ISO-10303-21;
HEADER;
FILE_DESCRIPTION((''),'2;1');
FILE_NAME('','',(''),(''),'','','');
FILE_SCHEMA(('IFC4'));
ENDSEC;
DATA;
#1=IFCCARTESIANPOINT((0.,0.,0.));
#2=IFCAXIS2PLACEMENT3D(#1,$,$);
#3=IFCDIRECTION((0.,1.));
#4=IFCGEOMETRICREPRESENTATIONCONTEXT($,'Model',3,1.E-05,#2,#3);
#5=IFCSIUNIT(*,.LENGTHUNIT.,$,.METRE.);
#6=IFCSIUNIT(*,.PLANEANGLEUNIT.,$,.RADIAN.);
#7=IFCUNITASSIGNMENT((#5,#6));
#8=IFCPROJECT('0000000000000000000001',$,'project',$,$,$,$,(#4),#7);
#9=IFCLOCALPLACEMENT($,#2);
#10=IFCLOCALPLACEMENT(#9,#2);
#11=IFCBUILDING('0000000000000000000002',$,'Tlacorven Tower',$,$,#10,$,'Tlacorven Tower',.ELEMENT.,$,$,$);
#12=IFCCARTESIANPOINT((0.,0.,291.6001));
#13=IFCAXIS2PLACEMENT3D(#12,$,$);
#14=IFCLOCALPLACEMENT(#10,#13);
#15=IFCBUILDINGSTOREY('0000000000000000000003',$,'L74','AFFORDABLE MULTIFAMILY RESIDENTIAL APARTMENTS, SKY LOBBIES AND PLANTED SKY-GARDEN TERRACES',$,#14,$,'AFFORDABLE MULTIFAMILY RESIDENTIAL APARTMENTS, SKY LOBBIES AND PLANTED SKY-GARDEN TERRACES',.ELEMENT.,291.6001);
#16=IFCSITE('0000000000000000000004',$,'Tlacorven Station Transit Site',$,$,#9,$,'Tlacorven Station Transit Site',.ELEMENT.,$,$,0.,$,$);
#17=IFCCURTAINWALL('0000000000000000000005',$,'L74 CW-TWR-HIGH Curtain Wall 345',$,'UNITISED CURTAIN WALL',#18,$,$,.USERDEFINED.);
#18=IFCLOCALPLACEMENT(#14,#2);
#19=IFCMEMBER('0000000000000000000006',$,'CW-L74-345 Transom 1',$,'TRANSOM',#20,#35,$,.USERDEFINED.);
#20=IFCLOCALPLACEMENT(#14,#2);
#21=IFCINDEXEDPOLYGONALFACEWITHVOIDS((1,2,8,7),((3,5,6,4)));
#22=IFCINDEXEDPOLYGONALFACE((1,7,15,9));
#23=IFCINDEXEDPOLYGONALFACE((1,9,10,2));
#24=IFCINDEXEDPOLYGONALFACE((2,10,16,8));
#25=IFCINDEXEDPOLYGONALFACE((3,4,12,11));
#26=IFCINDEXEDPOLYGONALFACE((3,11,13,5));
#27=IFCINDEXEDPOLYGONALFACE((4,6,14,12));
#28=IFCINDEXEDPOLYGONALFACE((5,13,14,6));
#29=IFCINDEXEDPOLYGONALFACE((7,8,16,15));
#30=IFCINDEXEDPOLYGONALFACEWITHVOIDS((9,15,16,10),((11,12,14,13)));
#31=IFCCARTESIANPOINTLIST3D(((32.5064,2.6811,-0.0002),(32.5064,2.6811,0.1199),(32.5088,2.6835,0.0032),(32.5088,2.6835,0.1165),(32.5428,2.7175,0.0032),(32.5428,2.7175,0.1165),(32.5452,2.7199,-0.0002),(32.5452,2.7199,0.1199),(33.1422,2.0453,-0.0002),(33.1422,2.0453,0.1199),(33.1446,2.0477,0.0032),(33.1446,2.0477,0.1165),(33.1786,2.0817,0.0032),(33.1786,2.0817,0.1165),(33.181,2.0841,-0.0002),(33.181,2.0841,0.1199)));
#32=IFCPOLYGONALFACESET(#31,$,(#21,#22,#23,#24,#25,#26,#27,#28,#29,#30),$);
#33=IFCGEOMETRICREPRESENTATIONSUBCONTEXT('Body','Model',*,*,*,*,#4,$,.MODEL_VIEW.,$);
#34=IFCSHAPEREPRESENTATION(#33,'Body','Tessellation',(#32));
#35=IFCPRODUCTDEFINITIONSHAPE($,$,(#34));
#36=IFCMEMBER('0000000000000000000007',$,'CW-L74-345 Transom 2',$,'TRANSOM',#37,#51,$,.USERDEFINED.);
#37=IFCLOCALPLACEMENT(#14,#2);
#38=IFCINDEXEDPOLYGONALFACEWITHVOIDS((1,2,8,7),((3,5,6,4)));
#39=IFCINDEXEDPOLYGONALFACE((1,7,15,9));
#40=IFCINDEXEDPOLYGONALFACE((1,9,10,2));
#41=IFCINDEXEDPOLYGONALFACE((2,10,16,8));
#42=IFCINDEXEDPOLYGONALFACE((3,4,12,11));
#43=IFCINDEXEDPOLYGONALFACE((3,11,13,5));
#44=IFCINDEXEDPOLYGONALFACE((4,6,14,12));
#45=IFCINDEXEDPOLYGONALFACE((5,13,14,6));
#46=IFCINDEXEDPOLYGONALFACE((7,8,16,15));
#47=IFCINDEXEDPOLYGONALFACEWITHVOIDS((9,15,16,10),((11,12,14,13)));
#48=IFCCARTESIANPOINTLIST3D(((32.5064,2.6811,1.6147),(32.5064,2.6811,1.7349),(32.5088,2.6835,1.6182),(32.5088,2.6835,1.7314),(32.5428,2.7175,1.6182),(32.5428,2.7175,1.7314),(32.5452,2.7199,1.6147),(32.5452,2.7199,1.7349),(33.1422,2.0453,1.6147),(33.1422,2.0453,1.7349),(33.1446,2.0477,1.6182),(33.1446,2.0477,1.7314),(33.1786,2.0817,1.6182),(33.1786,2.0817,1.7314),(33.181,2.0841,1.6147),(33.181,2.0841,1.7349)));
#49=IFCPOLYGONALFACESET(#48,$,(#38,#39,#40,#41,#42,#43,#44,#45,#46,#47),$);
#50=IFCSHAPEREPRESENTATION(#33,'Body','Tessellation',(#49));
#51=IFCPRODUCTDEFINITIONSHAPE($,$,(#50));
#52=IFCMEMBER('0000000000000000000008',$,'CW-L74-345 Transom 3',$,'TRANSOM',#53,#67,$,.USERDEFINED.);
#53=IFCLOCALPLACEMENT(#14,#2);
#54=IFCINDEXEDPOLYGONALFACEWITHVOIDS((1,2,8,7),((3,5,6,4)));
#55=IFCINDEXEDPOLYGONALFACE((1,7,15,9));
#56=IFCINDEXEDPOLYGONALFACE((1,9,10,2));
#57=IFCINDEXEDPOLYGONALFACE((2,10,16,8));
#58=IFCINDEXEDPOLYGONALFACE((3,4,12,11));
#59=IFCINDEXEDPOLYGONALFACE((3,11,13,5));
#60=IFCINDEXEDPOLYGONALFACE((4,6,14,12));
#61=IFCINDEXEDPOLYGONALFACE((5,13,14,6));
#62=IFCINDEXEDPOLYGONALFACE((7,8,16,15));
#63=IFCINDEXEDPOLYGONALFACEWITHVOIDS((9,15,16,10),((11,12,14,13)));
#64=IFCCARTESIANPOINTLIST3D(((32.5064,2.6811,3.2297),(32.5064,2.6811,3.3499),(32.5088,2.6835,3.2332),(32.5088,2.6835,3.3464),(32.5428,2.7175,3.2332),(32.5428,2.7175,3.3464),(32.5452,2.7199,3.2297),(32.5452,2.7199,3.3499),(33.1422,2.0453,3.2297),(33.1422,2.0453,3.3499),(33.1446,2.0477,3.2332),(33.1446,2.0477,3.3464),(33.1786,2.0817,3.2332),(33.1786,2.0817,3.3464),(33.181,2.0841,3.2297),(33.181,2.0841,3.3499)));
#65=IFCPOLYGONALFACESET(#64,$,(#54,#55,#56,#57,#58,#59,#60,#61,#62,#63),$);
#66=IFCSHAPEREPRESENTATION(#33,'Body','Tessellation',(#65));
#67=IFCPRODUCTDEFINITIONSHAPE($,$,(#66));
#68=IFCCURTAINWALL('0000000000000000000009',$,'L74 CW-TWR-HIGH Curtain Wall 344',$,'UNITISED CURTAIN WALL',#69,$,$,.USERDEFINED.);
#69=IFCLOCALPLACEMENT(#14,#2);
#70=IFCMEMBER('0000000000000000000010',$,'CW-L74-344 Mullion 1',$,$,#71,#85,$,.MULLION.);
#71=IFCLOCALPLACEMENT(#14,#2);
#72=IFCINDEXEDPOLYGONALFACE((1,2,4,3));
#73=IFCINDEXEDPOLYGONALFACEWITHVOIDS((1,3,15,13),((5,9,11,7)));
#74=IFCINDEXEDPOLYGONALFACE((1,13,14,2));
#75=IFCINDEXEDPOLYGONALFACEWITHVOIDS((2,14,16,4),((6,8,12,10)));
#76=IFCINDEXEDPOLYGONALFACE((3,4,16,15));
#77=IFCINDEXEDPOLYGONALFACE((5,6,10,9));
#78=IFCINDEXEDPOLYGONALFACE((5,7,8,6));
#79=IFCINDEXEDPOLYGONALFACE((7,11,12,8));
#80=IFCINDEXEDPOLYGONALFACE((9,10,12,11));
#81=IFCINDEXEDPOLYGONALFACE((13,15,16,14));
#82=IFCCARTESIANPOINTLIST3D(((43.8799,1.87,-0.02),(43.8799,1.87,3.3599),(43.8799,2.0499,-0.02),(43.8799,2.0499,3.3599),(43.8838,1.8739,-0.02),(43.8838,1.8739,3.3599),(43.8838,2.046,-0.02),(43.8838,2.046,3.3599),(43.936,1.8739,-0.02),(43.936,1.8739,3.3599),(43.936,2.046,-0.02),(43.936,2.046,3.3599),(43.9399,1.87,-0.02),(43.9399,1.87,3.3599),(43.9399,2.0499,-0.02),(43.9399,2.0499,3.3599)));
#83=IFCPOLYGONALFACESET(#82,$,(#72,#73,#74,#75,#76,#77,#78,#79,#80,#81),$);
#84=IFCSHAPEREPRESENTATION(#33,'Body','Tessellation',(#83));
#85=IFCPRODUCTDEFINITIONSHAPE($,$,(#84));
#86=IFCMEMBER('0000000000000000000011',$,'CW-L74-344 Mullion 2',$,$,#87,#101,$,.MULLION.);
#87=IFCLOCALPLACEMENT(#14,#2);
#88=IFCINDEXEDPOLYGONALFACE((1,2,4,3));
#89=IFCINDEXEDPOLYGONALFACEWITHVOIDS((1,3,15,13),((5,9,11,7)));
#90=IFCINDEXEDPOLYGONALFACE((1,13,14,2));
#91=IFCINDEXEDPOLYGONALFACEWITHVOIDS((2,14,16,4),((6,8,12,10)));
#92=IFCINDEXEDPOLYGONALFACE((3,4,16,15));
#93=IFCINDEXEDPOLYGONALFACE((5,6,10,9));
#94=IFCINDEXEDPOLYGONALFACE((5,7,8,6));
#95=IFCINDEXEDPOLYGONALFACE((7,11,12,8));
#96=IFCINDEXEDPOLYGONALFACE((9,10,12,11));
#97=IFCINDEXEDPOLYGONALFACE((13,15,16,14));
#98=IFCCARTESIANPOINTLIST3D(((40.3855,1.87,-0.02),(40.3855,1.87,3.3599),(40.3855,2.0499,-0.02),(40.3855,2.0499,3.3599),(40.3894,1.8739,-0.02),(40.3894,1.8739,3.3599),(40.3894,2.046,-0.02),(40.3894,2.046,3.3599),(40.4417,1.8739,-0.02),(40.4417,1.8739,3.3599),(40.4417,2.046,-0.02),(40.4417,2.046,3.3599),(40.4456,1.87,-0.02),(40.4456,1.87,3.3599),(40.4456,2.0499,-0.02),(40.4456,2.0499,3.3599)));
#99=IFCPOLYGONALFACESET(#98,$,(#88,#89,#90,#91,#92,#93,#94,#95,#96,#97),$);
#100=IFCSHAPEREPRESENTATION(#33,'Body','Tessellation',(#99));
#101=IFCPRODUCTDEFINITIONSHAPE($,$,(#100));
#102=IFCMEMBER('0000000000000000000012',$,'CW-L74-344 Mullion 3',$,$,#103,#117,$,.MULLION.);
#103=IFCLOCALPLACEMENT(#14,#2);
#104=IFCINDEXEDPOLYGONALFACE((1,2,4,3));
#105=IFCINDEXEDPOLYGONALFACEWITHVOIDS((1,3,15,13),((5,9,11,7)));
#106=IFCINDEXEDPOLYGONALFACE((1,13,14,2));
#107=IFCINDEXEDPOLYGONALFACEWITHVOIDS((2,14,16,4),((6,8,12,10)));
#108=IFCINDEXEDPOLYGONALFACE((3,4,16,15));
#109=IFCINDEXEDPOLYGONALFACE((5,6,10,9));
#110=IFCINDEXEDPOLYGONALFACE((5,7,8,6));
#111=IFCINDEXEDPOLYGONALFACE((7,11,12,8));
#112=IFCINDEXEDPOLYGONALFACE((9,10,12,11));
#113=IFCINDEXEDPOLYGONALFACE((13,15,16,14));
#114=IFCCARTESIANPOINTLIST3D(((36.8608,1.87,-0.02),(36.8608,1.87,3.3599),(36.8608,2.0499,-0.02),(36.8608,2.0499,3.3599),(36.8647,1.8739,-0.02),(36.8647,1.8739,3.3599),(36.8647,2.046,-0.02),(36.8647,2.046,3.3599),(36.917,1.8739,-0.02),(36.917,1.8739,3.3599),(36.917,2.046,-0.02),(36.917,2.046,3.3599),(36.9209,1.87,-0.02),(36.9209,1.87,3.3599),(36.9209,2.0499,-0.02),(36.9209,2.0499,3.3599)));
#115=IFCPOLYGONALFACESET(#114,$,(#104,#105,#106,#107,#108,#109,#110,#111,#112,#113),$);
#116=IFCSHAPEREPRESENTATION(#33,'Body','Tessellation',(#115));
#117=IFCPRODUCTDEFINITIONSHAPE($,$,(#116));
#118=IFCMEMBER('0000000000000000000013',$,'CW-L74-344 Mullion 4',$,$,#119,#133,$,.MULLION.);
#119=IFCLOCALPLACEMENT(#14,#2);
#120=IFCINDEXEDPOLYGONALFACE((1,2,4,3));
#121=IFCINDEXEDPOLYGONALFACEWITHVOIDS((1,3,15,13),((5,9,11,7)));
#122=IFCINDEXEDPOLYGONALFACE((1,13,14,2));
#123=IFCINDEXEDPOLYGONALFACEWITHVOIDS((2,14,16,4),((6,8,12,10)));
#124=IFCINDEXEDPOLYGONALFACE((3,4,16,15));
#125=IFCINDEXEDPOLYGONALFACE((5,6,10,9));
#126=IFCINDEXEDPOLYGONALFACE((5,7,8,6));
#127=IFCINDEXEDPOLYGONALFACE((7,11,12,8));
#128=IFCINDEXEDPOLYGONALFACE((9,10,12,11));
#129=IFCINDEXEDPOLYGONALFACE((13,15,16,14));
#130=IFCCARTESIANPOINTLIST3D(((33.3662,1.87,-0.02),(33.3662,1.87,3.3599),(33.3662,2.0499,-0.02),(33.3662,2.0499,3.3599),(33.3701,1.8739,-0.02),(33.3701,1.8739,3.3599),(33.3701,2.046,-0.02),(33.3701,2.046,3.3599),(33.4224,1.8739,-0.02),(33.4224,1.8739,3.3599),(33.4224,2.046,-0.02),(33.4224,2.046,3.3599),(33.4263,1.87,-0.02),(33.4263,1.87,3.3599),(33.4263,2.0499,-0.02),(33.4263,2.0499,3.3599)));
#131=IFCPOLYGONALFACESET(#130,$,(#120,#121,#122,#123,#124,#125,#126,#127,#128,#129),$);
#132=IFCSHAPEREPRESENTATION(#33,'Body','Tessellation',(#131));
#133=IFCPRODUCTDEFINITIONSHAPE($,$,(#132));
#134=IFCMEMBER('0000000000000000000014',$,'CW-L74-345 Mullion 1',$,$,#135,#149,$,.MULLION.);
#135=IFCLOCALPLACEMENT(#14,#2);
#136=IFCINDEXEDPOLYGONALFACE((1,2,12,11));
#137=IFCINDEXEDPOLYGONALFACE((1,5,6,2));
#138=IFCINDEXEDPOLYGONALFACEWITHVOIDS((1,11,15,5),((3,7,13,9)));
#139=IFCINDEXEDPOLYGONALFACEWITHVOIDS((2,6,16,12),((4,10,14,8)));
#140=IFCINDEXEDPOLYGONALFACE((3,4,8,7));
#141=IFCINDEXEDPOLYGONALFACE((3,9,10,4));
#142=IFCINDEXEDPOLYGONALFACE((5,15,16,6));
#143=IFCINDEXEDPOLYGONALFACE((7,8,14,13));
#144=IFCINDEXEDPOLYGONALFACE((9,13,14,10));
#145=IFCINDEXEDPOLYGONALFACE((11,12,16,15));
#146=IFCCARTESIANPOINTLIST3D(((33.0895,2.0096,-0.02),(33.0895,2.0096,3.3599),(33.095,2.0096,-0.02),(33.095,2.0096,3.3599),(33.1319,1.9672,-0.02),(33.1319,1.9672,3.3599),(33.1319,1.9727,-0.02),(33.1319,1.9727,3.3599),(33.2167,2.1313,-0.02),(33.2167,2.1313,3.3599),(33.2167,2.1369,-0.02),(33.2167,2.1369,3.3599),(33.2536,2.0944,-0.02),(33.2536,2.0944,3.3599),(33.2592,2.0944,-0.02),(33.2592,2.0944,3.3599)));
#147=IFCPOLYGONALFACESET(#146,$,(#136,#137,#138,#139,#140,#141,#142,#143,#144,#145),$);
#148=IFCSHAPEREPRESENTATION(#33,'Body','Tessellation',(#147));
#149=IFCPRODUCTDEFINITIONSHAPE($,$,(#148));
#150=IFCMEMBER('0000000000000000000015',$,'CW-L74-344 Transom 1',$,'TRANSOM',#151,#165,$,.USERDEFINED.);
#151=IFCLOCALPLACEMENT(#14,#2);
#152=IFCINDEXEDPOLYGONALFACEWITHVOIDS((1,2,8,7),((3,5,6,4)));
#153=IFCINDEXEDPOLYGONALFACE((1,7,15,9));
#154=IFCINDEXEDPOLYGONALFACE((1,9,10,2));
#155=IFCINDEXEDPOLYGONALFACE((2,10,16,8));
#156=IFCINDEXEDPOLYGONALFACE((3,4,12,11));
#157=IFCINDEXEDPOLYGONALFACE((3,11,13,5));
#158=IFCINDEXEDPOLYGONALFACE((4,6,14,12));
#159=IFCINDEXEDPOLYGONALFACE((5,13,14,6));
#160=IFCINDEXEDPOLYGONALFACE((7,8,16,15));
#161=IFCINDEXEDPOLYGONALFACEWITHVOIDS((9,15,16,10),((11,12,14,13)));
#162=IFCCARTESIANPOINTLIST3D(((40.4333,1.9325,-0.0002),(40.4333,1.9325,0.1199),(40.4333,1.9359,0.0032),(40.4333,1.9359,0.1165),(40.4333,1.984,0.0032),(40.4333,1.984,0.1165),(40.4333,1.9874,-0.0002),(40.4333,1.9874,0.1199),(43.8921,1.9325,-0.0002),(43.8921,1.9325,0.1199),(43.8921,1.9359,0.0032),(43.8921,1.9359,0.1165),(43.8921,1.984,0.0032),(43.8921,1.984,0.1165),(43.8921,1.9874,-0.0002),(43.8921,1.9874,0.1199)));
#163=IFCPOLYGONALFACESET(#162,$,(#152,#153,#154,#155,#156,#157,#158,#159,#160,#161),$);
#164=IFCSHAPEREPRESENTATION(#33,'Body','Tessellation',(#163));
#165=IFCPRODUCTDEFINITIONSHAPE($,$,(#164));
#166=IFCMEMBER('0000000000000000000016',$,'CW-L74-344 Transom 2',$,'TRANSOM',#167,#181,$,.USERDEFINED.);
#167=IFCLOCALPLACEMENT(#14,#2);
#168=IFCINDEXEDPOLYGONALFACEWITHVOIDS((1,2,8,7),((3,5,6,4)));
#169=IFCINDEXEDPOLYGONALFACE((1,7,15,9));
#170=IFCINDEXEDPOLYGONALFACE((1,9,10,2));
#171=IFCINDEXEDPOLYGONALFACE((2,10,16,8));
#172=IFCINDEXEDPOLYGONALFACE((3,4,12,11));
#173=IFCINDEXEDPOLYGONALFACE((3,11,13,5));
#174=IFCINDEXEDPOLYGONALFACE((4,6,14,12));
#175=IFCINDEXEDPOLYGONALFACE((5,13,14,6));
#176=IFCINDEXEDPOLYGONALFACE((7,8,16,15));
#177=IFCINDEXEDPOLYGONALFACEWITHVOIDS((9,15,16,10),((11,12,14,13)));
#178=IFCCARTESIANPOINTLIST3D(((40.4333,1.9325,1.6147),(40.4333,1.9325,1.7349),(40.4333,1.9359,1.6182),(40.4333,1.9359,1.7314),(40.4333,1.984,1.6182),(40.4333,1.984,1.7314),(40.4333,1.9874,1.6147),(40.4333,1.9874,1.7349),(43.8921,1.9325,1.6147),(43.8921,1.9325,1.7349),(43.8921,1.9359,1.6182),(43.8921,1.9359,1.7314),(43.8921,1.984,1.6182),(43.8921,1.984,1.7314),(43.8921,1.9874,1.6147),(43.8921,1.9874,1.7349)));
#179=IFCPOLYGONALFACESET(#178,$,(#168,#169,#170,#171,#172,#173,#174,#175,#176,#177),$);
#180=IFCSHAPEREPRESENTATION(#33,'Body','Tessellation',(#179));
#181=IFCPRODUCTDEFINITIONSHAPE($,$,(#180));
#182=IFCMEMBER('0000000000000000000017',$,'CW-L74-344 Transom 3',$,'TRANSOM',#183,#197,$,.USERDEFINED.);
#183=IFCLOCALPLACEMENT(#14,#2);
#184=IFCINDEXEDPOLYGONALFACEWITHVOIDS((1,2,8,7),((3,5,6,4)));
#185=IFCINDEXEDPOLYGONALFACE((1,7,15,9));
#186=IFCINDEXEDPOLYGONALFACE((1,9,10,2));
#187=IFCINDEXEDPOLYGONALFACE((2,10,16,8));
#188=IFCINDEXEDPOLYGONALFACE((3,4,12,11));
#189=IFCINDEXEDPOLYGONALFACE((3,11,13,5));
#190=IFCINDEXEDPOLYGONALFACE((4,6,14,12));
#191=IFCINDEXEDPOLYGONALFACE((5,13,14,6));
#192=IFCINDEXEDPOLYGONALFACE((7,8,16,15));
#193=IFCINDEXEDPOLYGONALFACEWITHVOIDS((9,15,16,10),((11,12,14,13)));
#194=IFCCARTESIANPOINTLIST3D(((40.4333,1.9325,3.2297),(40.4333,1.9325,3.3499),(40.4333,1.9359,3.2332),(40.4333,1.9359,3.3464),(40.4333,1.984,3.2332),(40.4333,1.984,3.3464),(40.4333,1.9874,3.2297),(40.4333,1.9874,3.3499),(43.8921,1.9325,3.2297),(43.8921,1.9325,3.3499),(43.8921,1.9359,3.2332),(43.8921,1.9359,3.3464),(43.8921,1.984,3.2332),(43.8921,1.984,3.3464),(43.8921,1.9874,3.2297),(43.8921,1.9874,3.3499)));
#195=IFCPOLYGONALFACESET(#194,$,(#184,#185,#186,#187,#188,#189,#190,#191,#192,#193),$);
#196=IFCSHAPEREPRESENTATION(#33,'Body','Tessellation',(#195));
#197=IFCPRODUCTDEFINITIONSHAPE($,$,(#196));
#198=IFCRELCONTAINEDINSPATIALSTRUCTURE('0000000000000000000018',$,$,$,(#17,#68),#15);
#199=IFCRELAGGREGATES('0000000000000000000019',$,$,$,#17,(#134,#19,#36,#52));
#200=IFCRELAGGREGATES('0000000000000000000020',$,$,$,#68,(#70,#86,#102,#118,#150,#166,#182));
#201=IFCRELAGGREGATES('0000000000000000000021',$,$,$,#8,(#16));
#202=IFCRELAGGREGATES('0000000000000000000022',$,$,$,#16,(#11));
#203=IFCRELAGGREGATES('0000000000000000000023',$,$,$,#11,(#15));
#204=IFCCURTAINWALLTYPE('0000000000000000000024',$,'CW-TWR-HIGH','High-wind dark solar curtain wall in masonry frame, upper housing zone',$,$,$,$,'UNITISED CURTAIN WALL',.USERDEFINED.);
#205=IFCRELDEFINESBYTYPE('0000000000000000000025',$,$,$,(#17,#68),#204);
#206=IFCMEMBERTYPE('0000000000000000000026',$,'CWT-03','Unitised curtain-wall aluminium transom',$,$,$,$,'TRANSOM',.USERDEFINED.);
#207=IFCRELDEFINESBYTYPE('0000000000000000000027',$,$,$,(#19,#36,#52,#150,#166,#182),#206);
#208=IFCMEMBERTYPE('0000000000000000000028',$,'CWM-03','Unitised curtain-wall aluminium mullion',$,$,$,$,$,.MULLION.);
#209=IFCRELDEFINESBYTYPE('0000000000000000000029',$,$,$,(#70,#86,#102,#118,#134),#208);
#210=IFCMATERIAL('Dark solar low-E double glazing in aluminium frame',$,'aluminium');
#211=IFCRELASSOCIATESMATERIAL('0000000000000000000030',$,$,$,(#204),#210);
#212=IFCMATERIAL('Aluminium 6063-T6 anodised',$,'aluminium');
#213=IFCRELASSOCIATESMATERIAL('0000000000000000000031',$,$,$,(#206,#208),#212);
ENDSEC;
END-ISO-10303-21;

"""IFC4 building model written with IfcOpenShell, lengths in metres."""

from ifc_helpers import new_model, si_unit, direction, frame, origin, origin_2d, place, context, subcontext, project, spatial, hollow_rectangle, extrude, source, transform, mapped, material, material_profile, profile_set, type_object, element, aggregate, save


model = new_model("IFC4")

# Units and contexts
model_context = context("Model", 3, precision=1e-05, world=origin(), true_north=direction((0.0, 1.0)))
body_context = subcontext(model_context, "Body", "Model", "MODEL_VIEW")
ifc_project = project(units=[si_unit("LENGTHUNIT", "METRE"), si_unit("PLANEANGLEUNIT", "RADIAN")], contexts=[model_context])

# Site, building, storey
site_placement = place(None, origin())
site = spatial("IfcSite", under=ifc_project, at=site_placement, Name="Tlacorven Station Transit Site", LongName="Tlacorven Station Transit Site", CompositionType="ELEMENT", RefElevation=0.0)
building_placement = place(site_placement, origin())
building = spatial("IfcBuilding", under=site, at=building_placement, Name="Tlacorven Tower", LongName="Tlacorven Tower", CompositionType="ELEMENT")
storey_placement = place(building_placement, frame((0.0, 0.0, 291.6001)))
storey = spatial("IfcBuildingStorey", under=building, at=storey_placement, Name="L74", Description="AFFORDABLE MULTIFAMILY RESIDENTIAL APARTMENTS, SKY LOBBIES AND PLANTED SKY-GARDEN TERRACES", LongName="AFFORDABLE MULTIFAMILY RESIDENTIAL APARTMENTS, SKY LOBBIES AND PLANTED SKY-GARDEN TERRACES", CompositionType="ELEMENT", Elevation=291.6001)

# Curtain walls, members
ifc_material_1 = material(Name="Dark solar low-E double glazing in aluminium frame", Category="aluminium")
curtain_wall_type = type_object("IfcCurtainWallType", Name="CW-TWR-HIGH", Description="High-wind dark solar curtain wall in masonry frame, upper housing zone", ElementType="UNITISED CURTAIN WALL", PredefinedType="USERDEFINED", material=ifc_material_1)
curtain_wall_1_placement = place(storey_placement, origin())
curtain_wall_1 = element("IfcCurtainWall", 1, at=curtain_wall_1_placement, inside=storey, type_object=curtain_wall_type, Name="L74 CW-TWR-HIGH Curtain Wall 345", ObjectType="UNITISED CURTAIN WALL", PredefinedType="USERDEFINED")
ifc_material_2 = material(Name="Aluminium 6063-T6 anodised", Category="aluminium")
ifc_material_profile_1 = material_profile(ifc_material_2, hollow_rectangle(XDim=0.0549, YDim=0.1201, WallThickness=0.0034, at=origin_2d()), Name="ALU TRANSOM 55X120")
ifc_profile_set_1 = profile_set([ifc_material_profile_1], Name="Aluminium 6063-T6 anodised")
member_type_1 = type_object("IfcMemberType", Name="CWT-03", Description="Unitised curtain-wall aluminium transom", ElementType="TRANSOM", PredefinedType="USERDEFINED", material=ifc_profile_set_1)
shared_shape_1 = source(origin(), body_context, "Body", "SweptSolid", [
    extrude(hollow_rectangle(XDim=0.0549, YDim=0.1201, WallThickness=0.0034, at=origin_2d()), origin(), (0.0, 0.0, 1.0), 0.8992),
])
member_1_placement = place(storey_placement, frame((33.1616, 2.0647, 0.0598), z_axis=(-0.707107, 0.707107, 0.0), x_axis=(-0.707107, -0.707107, 0.0)))
member_1 = element("IfcMember", 2, at=member_1_placement, type_object=member_type_1, Name="CW-L74-345 Transom 1", ObjectType="TRANSOM", PredefinedType="USERDEFINED", context=body_context, shape_type="MappedRepresentation", body=[
    mapped(shared_shape_1, transform((0.0, 0.0, 0.0), scale=1.0)),
])
member_2_placement = place(storey_placement, frame((33.1616, 2.0647, 1.6748), z_axis=(-0.707107, 0.707107, 0.0), x_axis=(-0.707107, -0.707107, 0.0)))
member_2 = element("IfcMember", 3, at=member_2_placement, type_object=member_type_1, Name="CW-L74-345 Transom 2", ObjectType="TRANSOM", PredefinedType="USERDEFINED", context=body_context, shape_type="MappedRepresentation", body=[
    mapped(shared_shape_1, transform((0.0, 0.0, 0.0), scale=1.0)),
])
member_3_placement = place(storey_placement, frame((33.1616, 2.0647, 3.2898), z_axis=(-0.707107, 0.707107, 0.0), x_axis=(-0.707107, -0.707107, 0.0)))
member_3 = element("IfcMember", 4, at=member_3_placement, type_object=member_type_1, Name="CW-L74-345 Transom 3", ObjectType="TRANSOM", PredefinedType="USERDEFINED", context=body_context, shape_type="MappedRepresentation", body=[
    mapped(shared_shape_1, transform((0.0, 0.0, 0.0), scale=1.0)),
])
curtain_wall_2_placement = place(storey_placement, origin())
curtain_wall_2 = element("IfcCurtainWall", 5, at=curtain_wall_2_placement, inside=storey, type_object=curtain_wall_type, Name="L74 CW-TWR-HIGH Curtain Wall 344", ObjectType="UNITISED CURTAIN WALL", PredefinedType="USERDEFINED")
ifc_material_profile_2 = material_profile(ifc_material_2, hollow_rectangle(XDim=0.0601, YDim=0.1799, WallThickness=0.0039, at=origin_2d()), Name="ALU MULLION 60X180")
ifc_profile_set_2 = profile_set([ifc_material_profile_2], Name="Aluminium 6063-T6 anodised")
member_type_2 = type_object("IfcMemberType", Name="CWM-03", Description="Unitised curtain-wall aluminium mullion", PredefinedType="MULLION", material=ifc_profile_set_2)
shared_shape_2 = source(origin(), body_context, "Body", "SweptSolid", [
    extrude(hollow_rectangle(XDim=0.0601, YDim=0.1799, WallThickness=0.0039, at=origin_2d()), origin(), (0.0, 0.0, 1.0), 3.3799),
])
member_4_placement = place(storey_placement, frame((43.9099, 1.96, -0.02), z_axis=(0.0, 0.0, 1.0), x_axis=(-1.0, 0.0, 0.0)))
member_4 = element("IfcMember", 6, at=member_4_placement, type_object=member_type_2, Name="CW-L74-344 Mullion 1", PredefinedType="MULLION", context=body_context, shape_type="MappedRepresentation", body=[
    mapped(shared_shape_2, transform((0.0, 0.0, 0.0), scale=1.0)),
])
member_5_placement = place(storey_placement, frame((40.4155, 1.96, -0.02), z_axis=(0.0, 0.0, 1.0), x_axis=(-1.0, 0.0, 0.0)))
member_5 = element("IfcMember", 7, at=member_5_placement, type_object=member_type_2, Name="CW-L74-344 Mullion 2", PredefinedType="MULLION", context=body_context, shape_type="MappedRepresentation", body=[
    mapped(shared_shape_2, transform((0.0, 0.0, 0.0), scale=1.0)),
])
member_6_placement = place(storey_placement, frame((36.8909, 1.96, -0.02), z_axis=(0.0, 0.0, 1.0), x_axis=(-1.0, 0.0, 0.0)))
member_6 = element("IfcMember", 8, at=member_6_placement, type_object=member_type_2, Name="CW-L74-344 Mullion 3", PredefinedType="MULLION", context=body_context, shape_type="MappedRepresentation", body=[
    mapped(shared_shape_2, transform((0.0, 0.0, 0.0), scale=1.0)),
])
member_7_placement = place(storey_placement, frame((33.3962, 1.96, -0.02), z_axis=(0.0, 0.0, 1.0), x_axis=(-1.0, 0.0, 0.0)))
member_7 = element("IfcMember", 9, at=member_7_placement, type_object=member_type_2, Name="CW-L74-344 Mullion 4", PredefinedType="MULLION", context=body_context, shape_type="MappedRepresentation", body=[
    mapped(shared_shape_2, transform((0.0, 0.0, 0.0), scale=1.0)),
])

# Members
member_8_placement = place(storey_placement, frame((33.1743, 2.052, -0.02), z_axis=(0.0, 0.0, 1.0), x_axis=(-0.707107, 0.707107, 0.0)))
member_8 = element("IfcMember", 10, at=member_8_placement, type_object=member_type_2, Name="CW-L74-345 Mullion 1", PredefinedType="MULLION", context=body_context, shape_type="MappedRepresentation", body=[
    mapped(shared_shape_2, transform((0.0, 0.0, 0.0), scale=1.0)),
])
shared_shape_3 = source(origin(), body_context, "Body", "SweptSolid", [
    extrude(hollow_rectangle(XDim=0.0549, YDim=0.1201, WallThickness=0.0034, at=origin_2d()), origin(), (0.0, 0.0, 1.0), 3.4587),
])
member_9_placement = place(storey_placement, frame((43.8921, 1.96, 0.0598), z_axis=(-1.0, 0.0, 0.0), x_axis=(0.0, -1.0, 0.0)))
member_9 = element("IfcMember", 11, at=member_9_placement, type_object=member_type_1, Name="CW-L74-344 Transom 1", ObjectType="TRANSOM", PredefinedType="USERDEFINED", context=body_context, shape_type="MappedRepresentation", body=[
    mapped(shared_shape_3, transform((0.0, 0.0, 0.0), scale=1.0)),
])
member_10_placement = place(storey_placement, frame((43.8921, 1.96, 1.6748), z_axis=(-1.0, 0.0, 0.0), x_axis=(0.0, -1.0, 0.0)))
member_10 = element("IfcMember", 12, at=member_10_placement, type_object=member_type_1, Name="CW-L74-344 Transom 2", ObjectType="TRANSOM", PredefinedType="USERDEFINED", context=body_context, shape_type="MappedRepresentation", body=[
    mapped(shared_shape_3, transform((0.0, 0.0, 0.0), scale=1.0)),
])
member_11_placement = place(storey_placement, frame((43.8921, 1.96, 3.2898), z_axis=(-1.0, 0.0, 0.0), x_axis=(0.0, -1.0, 0.0)))
member_11 = element("IfcMember", 13, at=member_11_placement, type_object=member_type_1, Name="CW-L74-344 Transom 3", ObjectType="TRANSOM", PredefinedType="USERDEFINED", context=body_context, shape_type="MappedRepresentation", body=[
    mapped(shared_shape_3, transform((0.0, 0.0, 0.0), scale=1.0)),
])

aggregate(curtain_wall_1, [member_8, member_1, member_2, member_3])
aggregate(curtain_wall_2, [member_4, member_5, member_6, member_7, member_9, member_10, member_11])

save(model, "model.ifc")
